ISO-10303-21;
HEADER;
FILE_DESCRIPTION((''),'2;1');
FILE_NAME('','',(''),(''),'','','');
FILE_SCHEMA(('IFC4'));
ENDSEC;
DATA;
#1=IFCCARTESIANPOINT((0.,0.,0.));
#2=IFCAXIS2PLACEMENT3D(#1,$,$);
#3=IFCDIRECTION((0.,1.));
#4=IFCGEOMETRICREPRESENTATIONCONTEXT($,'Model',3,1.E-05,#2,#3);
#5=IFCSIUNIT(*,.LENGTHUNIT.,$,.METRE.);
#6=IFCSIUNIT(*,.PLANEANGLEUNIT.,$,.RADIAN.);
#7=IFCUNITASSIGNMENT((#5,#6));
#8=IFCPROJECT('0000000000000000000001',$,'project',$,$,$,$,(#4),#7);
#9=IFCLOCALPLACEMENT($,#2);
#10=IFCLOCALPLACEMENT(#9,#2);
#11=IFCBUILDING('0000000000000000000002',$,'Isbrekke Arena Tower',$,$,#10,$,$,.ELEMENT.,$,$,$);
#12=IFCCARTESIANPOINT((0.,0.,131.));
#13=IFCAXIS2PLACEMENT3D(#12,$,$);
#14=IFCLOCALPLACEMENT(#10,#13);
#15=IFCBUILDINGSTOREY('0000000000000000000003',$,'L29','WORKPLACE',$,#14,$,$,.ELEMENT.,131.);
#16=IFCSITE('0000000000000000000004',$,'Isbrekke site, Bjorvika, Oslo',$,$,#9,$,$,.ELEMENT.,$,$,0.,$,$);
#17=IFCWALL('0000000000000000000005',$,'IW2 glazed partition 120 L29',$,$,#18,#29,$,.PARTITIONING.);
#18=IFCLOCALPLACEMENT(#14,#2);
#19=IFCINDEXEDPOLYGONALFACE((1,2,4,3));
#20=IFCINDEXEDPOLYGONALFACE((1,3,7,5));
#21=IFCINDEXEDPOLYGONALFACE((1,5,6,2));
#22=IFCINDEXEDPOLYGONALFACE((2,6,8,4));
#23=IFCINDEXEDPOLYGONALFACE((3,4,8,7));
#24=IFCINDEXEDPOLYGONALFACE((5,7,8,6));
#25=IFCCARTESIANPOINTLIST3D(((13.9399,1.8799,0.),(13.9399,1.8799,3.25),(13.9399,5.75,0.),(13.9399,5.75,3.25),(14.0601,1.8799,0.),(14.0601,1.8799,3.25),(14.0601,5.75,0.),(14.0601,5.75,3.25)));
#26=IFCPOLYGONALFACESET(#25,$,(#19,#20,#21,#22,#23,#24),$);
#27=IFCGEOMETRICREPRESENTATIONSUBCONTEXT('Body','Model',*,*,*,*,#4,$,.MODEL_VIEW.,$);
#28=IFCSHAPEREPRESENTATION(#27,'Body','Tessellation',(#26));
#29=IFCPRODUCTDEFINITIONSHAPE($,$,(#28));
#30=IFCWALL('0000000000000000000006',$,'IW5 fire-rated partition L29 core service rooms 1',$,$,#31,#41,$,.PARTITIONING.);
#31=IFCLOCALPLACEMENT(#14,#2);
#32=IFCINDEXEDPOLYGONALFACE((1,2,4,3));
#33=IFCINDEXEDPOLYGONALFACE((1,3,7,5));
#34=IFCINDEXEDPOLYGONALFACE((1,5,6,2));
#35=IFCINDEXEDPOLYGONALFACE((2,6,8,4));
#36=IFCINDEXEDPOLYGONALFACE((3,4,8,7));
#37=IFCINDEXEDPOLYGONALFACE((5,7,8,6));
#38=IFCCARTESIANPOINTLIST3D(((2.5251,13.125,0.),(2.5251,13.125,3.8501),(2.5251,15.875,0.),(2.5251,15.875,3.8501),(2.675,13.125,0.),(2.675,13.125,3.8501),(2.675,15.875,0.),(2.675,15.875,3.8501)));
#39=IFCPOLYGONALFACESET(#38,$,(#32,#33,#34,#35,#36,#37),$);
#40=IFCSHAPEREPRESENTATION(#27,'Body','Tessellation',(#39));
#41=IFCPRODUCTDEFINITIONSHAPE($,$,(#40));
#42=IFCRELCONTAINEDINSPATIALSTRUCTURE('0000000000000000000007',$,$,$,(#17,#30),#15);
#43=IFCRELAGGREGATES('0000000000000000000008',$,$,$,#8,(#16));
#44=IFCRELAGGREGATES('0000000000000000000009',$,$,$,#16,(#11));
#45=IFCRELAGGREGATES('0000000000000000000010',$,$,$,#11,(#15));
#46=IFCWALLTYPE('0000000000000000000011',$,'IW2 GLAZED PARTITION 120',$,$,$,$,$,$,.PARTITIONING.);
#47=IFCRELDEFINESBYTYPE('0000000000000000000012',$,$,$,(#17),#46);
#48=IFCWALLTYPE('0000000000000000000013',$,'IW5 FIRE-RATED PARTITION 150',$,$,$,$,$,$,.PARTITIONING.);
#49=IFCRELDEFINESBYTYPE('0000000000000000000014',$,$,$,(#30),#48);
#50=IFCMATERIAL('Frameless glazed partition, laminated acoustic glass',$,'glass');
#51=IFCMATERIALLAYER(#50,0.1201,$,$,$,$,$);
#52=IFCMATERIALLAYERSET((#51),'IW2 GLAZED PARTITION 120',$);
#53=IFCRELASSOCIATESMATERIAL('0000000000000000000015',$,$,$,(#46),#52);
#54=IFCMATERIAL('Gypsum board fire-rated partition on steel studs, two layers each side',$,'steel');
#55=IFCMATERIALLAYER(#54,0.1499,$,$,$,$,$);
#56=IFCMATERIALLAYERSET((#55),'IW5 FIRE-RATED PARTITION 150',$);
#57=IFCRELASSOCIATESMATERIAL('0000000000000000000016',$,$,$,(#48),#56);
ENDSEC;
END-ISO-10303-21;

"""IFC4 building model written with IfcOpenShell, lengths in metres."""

from ifc_helpers import new_model, si_unit, direction, frame, frame_2d, origin, place, context, subcontext, project, spatial, rectangle, extrude, material, layer, layer_set, type_object, element, save


model = new_model("IFC4")

# Units and contexts
model_context = context("Model", 3, precision=1e-05, world=origin(), true_north=direction((0.0, 1.0)))
body_context = subcontext(model_context, "Body", "Model", "MODEL_VIEW")
ifc_project = project(units=[si_unit("LENGTHUNIT", "METRE"), si_unit("PLANEANGLEUNIT", "RADIAN")], contexts=[model_context])

# Site, building, storey
site_placement = place(None, origin())
site = spatial("IfcSite", under=ifc_project, at=site_placement, Name="Isbrekke site, Bjorvika, Oslo", CompositionType="ELEMENT", RefElevation=0.0)
building_placement = place(site_placement, origin())
building = spatial("IfcBuilding", under=site, at=building_placement, Name="Isbrekke Arena Tower", CompositionType="ELEMENT")
storey_placement = place(building_placement, frame((0.0, 0.0, 131.0)))
storey = spatial("IfcBuildingStorey", under=building, at=storey_placement, Name="L29", Description="WORKPLACE", CompositionType="ELEMENT", Elevation=131.0)

# Walls
ifc_material_1 = material(Name="Frameless glazed partition, laminated acoustic glass", Category="glass")
ifc_layer_1 = layer(ifc_material_1, 0.1201)
ifc_layer_set_1 = layer_set([ifc_layer_1], Name="IW2 GLAZED PARTITION 120")
wall_type_1 = type_object("IfcWallType", Name="IW2 GLAZED PARTITION 120", PredefinedType="PARTITIONING", material=ifc_layer_set_1)
wall_1_placement = place(storey_placement, frame((14.0, 1.8799, 0.0), z_axis=(0.0, 0.0, 1.0), x_axis=(0.0, 1.0, 0.0)))
element("IfcWall", 1, at=wall_1_placement, inside=storey, type_object=wall_type_1, Name="IW2 glazed partition 120 L29", PredefinedType="PARTITIONING", context=body_context, shape_type="SweptSolid", body=[
    extrude(rectangle(XDim=3.8701, YDim=0.1201, at=frame_2d((1.9351, 0.0))), origin(), (0.0, 0.0, 1.0), 3.25),
])
ifc_material_2 = material(Name="Gypsum board fire-rated partition on steel studs, two layers each side", Category="steel")
ifc_layer_2 = layer(ifc_material_2, 0.1499)
ifc_layer_set_2 = layer_set([ifc_layer_2], Name="IW5 FIRE-RATED PARTITION 150")
wall_type_2 = type_object("IfcWallType", Name="IW5 FIRE-RATED PARTITION 150", PredefinedType="PARTITIONING", material=ifc_layer_set_2)
wall_2_placement = place(storey_placement, frame((2.6001, 13.125, 0.0), z_axis=(0.0, 0.0, 1.0), x_axis=(0.0, 1.0, 0.0)))
element("IfcWall", 2, at=wall_2_placement, inside=storey, type_object=wall_type_2, Name="IW5 fire-rated partition L29 core service rooms 1", PredefinedType="PARTITIONING", context=body_context, shape_type="SweptSolid", body=[
    extrude(rectangle(XDim=2.75, YDim=0.1499, at=frame_2d((1.375, 0.0))), origin(), (0.0, 0.0, 1.0), 3.8501),
])

save(model, "model.ifc")
